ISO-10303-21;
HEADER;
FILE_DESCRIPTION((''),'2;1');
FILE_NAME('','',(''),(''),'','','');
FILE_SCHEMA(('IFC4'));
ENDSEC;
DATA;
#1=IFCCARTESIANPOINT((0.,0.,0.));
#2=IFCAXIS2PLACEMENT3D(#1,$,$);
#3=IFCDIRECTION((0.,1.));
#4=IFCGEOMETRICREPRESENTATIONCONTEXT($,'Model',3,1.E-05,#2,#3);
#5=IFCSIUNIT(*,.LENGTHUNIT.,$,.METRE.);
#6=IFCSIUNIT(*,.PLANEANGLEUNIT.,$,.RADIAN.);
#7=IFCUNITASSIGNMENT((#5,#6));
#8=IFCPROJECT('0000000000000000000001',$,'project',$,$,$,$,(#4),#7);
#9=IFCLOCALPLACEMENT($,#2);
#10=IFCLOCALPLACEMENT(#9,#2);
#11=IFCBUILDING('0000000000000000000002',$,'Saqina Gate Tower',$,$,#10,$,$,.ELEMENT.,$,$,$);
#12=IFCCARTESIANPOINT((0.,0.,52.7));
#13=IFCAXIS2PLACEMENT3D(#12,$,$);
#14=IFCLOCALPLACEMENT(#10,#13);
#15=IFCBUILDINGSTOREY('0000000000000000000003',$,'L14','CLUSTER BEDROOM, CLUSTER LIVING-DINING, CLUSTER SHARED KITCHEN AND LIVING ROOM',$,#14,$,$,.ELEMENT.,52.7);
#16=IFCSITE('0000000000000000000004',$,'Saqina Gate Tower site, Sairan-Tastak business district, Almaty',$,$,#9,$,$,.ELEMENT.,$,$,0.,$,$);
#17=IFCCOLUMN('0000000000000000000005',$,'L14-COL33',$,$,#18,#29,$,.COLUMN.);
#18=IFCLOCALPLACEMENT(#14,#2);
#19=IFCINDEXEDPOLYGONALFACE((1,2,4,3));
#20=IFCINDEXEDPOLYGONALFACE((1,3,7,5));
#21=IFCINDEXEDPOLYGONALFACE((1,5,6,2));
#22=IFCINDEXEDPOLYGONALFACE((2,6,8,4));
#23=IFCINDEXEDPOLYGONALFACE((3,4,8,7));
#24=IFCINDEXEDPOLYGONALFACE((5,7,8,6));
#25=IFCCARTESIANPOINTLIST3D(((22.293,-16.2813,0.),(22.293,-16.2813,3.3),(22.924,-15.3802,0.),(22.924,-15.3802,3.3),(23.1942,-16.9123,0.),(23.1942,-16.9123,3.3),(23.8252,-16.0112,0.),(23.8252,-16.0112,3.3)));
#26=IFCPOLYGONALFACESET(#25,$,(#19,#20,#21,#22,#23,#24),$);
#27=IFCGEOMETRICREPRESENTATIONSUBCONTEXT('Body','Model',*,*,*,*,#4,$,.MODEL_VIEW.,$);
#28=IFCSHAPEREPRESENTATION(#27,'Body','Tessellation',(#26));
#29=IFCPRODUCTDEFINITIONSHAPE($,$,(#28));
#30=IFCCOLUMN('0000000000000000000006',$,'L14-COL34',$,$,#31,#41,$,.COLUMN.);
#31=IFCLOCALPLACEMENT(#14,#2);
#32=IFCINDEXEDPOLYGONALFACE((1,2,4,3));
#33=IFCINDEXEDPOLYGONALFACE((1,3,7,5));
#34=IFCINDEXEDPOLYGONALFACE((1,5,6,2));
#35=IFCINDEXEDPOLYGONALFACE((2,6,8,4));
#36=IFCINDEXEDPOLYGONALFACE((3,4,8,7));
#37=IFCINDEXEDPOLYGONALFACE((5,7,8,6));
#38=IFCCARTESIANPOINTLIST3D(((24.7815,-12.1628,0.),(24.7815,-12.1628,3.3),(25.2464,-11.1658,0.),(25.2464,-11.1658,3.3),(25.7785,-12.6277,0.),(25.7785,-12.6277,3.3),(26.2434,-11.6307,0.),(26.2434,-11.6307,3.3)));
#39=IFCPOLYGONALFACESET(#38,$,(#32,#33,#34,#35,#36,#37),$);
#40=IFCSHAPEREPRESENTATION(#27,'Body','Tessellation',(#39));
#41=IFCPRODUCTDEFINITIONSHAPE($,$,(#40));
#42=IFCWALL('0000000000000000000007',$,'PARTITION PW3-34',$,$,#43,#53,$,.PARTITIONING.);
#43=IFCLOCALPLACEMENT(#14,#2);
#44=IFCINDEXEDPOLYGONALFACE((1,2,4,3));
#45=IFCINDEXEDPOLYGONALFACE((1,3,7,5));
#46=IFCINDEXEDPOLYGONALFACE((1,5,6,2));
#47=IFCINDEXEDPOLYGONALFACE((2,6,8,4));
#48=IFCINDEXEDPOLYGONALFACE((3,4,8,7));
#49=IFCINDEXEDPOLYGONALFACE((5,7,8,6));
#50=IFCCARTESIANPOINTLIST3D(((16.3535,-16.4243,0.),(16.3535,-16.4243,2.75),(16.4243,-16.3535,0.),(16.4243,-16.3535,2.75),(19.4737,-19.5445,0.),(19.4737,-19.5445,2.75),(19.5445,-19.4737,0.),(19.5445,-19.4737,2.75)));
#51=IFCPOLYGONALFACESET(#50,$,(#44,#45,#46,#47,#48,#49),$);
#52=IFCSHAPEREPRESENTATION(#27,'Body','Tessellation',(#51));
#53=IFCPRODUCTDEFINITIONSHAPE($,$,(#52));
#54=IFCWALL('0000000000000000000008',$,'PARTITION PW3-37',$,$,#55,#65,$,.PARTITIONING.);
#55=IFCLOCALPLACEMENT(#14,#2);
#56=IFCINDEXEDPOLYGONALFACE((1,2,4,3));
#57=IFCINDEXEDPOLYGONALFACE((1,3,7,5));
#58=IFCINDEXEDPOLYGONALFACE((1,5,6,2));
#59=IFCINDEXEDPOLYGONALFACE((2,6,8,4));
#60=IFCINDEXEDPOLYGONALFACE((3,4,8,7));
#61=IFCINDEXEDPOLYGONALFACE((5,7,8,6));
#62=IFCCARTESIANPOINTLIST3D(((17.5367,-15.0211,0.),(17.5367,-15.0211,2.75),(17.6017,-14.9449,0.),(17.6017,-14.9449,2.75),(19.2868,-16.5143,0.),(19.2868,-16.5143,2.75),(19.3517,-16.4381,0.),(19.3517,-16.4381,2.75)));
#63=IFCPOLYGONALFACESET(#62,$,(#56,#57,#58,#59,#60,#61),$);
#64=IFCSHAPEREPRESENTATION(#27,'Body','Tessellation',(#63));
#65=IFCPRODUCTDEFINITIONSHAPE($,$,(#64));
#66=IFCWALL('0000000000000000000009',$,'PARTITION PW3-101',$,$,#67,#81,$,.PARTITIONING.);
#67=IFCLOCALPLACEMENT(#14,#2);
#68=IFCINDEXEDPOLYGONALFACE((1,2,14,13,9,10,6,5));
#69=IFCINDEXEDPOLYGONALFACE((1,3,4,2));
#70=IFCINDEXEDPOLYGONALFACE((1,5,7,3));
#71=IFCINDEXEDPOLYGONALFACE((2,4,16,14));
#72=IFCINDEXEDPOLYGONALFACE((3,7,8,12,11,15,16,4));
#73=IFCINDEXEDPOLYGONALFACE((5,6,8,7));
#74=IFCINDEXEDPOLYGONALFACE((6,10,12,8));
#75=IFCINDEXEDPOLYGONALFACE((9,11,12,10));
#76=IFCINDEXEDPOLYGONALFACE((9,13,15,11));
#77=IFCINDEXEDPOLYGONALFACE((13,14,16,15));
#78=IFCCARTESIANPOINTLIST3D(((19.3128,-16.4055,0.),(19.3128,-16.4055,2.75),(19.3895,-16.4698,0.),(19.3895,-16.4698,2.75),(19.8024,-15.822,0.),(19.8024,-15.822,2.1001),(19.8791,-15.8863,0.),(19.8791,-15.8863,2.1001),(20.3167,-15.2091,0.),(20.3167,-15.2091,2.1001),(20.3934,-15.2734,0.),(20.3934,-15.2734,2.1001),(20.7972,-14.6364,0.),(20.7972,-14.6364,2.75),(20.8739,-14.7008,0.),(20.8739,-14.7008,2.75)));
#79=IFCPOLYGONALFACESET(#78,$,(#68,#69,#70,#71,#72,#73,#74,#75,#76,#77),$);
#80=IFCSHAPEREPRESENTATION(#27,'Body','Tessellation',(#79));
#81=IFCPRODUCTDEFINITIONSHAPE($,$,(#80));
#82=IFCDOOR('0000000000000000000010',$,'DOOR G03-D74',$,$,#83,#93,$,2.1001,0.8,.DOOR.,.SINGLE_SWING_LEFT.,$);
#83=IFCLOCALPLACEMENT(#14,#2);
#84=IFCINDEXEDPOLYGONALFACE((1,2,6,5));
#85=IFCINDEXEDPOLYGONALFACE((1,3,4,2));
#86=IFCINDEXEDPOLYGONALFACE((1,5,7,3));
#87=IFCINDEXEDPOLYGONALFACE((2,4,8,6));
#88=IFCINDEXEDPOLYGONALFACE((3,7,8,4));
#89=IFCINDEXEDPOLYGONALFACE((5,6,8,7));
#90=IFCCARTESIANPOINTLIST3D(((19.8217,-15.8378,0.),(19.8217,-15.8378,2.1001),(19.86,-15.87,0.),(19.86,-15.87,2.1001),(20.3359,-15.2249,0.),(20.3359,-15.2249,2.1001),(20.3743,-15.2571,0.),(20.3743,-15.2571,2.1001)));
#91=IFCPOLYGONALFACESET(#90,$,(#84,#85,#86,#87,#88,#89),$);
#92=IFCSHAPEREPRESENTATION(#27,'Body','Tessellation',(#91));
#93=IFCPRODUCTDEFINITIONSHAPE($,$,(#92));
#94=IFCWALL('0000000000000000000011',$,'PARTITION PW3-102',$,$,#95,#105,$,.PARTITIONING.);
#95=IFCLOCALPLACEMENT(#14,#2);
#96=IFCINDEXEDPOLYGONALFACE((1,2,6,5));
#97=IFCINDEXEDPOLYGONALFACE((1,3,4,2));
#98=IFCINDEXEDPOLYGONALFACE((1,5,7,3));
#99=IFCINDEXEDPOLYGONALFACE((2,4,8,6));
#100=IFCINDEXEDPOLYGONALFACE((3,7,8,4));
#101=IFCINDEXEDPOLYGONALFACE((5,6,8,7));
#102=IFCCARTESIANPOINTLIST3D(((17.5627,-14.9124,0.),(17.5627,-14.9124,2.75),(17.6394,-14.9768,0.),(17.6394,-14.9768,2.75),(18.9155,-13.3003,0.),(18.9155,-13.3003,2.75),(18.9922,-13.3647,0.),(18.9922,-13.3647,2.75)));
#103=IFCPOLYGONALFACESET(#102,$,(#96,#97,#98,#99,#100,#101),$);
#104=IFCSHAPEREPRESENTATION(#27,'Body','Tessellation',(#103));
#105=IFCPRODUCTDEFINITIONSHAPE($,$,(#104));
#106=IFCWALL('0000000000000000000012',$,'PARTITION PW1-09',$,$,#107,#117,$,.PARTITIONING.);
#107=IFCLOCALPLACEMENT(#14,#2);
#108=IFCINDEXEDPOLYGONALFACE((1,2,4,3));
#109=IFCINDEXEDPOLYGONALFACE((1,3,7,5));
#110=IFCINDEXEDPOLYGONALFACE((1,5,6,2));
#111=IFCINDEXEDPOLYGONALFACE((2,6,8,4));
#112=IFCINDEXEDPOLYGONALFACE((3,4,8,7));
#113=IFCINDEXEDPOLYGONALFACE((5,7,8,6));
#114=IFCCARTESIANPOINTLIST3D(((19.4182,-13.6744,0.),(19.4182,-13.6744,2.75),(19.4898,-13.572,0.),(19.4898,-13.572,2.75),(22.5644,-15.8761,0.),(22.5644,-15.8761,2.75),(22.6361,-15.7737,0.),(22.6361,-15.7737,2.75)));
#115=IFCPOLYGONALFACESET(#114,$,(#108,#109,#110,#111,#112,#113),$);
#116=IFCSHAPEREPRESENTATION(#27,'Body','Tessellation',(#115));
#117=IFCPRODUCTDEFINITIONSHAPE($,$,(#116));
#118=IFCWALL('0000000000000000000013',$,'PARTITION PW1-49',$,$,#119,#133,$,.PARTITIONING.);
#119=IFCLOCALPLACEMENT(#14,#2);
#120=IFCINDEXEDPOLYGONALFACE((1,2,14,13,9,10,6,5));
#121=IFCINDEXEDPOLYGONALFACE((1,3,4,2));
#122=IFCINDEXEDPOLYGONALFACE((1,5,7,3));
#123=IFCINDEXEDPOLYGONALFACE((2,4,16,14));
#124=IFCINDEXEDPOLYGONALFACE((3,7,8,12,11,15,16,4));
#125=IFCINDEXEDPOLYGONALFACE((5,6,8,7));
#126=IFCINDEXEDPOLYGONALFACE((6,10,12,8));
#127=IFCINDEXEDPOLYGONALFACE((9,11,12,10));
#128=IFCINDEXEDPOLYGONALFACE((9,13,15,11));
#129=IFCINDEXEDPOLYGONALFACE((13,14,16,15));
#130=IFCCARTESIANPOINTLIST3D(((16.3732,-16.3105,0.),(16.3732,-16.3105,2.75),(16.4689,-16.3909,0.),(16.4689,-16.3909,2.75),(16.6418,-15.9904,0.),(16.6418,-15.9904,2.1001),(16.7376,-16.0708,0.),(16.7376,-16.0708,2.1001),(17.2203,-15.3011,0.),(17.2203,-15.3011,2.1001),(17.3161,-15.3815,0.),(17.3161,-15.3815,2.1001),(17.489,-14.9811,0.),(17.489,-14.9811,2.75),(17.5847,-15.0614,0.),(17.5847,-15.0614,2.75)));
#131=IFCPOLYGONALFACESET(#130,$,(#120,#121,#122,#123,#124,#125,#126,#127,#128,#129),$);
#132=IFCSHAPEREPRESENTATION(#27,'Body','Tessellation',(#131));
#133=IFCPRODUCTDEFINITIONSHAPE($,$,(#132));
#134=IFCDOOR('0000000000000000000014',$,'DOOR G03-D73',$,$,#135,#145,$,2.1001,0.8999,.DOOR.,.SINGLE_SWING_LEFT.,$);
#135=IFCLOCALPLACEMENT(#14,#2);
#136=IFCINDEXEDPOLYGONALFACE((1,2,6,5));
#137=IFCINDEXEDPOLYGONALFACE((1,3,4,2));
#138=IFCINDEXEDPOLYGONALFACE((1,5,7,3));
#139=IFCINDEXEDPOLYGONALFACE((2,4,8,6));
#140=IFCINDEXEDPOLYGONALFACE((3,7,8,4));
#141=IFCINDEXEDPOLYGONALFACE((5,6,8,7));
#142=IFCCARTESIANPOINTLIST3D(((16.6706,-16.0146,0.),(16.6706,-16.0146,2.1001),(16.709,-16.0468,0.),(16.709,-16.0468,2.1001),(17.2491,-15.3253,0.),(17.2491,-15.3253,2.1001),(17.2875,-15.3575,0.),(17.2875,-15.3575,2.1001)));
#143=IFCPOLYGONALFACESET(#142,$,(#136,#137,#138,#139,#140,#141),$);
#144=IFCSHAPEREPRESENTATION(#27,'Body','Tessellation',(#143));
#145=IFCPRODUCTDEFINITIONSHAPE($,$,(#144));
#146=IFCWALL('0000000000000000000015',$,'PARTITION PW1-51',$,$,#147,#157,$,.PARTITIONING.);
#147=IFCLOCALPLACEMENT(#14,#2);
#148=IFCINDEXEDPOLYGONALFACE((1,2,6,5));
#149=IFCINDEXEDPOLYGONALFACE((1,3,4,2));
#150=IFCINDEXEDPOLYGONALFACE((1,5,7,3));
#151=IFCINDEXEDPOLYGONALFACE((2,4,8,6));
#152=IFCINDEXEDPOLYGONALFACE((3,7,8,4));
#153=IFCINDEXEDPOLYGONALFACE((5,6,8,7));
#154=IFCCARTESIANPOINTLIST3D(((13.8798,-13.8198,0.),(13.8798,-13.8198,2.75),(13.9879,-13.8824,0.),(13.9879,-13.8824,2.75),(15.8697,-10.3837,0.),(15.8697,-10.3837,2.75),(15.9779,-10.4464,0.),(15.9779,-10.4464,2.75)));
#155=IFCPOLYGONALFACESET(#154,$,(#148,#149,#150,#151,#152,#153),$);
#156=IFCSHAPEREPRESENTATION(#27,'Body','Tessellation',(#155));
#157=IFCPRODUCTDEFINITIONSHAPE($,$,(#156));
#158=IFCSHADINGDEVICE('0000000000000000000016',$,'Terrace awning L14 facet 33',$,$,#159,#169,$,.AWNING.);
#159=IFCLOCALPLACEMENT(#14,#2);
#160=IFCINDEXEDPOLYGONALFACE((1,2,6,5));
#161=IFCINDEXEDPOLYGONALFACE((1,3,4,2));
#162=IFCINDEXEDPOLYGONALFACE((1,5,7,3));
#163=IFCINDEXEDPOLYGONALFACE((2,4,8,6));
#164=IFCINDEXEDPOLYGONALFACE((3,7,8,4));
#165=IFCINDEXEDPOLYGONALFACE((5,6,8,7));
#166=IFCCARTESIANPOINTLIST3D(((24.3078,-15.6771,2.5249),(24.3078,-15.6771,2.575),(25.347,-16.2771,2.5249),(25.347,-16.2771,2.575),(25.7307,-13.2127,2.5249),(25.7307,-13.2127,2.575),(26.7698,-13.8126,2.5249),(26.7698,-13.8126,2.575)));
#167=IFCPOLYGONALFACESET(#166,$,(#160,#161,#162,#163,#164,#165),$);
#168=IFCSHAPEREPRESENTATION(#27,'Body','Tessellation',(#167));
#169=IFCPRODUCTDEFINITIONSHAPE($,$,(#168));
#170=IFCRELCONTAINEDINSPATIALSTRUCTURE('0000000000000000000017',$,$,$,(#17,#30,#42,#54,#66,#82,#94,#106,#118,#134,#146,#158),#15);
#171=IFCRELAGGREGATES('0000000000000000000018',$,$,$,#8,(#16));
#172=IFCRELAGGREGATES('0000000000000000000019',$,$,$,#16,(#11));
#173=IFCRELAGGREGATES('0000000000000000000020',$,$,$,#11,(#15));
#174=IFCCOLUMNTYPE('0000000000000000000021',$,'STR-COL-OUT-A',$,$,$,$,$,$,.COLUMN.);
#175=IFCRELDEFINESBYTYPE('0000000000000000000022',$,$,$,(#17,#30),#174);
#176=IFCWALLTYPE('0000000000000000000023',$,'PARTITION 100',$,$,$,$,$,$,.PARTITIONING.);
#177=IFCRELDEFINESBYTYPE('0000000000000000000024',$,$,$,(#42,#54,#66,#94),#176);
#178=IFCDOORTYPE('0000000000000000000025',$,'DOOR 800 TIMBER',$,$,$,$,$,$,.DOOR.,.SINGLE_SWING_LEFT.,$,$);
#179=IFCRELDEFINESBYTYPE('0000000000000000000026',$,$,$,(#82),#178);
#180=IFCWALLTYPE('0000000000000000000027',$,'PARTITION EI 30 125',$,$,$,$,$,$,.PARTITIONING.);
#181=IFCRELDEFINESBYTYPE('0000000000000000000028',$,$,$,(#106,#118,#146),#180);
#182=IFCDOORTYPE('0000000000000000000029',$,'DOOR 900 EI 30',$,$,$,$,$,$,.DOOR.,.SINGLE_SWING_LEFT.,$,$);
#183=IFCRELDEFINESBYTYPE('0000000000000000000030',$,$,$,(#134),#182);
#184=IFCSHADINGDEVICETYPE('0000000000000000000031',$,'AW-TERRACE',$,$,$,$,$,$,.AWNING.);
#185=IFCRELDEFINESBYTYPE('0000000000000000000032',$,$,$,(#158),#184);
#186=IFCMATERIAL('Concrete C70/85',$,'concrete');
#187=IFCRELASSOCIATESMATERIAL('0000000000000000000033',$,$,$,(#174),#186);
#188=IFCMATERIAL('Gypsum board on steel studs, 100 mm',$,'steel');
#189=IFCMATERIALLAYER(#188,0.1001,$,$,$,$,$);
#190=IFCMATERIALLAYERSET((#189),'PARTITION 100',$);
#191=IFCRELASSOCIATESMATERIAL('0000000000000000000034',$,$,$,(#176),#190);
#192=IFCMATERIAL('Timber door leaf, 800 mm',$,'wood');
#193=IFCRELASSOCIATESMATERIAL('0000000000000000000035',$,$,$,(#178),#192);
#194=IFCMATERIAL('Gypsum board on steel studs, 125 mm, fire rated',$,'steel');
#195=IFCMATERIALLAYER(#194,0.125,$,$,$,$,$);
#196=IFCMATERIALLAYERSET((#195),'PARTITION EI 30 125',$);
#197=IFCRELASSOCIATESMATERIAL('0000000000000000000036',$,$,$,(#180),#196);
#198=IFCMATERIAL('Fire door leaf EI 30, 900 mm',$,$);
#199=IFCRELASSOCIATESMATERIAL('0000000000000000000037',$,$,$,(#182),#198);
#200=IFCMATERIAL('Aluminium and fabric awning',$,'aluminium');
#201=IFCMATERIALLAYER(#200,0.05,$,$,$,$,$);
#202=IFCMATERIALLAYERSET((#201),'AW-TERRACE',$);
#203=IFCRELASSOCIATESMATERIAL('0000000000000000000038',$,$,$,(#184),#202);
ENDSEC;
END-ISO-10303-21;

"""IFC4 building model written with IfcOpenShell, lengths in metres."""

from ifc_helpers import new_model, si_unit, direction, frame, frame_2d, origin, origin_2d, place, context, subcontext, project, spatial, rectangle, extrude, material, layer, layer_set, material_profile, profile_set, type_object, element, fill, save


model = new_model("IFC4")

# Units and contexts
model_context = context("Model", 3, precision=1e-05, world=origin(), true_north=direction((0.0, 1.0)))
body_context = subcontext(model_context, "Body", "Model", "MODEL_VIEW")
ifc_project = project(units=[si_unit("LENGTHUNIT", "METRE"), si_unit("PLANEANGLEUNIT", "RADIAN")], contexts=[model_context])

# Site, building, storey
site_placement = place(None, origin())
site = spatial("IfcSite", under=ifc_project, at=site_placement, Name="Saqina Gate Tower site, Sairan-Tastak business district, Almaty", CompositionType="ELEMENT", RefElevation=0.0)
building_placement = place(site_placement, origin())
building = spatial("IfcBuilding", under=site, at=building_placement, Name="Saqina Gate Tower", CompositionType="ELEMENT")
storey_placement = place(building_placement, frame((0.0, 0.0, 52.7)))
storey = spatial("IfcBuildingStorey", under=building, at=storey_placement, Name="L14", Description="CLUSTER BEDROOM, CLUSTER LIVING-DINING, CLUSTER SHARED KITCHEN AND LIVING ROOM", CompositionType="ELEMENT", Elevation=52.7)

# Columns
ifc_material_1 = material(Name="Concrete C70/85", Category="concrete")
ifc_material_profile = material_profile(ifc_material_1, rectangle(XDim=1.1001, YDim=1.1001, at=origin_2d()), Name="RC 1100x1100")
ifc_profile_set = profile_set([ifc_material_profile], Name="Concrete C70/85")
column_type = type_object("IfcColumnType", Name="STR-COL-OUT-A", PredefinedType="COLUMN", material=ifc_profile_set)
for number, where, z_axis, x_axis, name in (
    (1, (23.0591, -16.1462, 0.0), (0.0, 0.0, 1.0), (0.819152, -0.573576, 0.0), "L14-COL33"),
    (2, (25.5125, -11.8967, 0.0), (0.0, 0.0, 1.0), (0.906308, -0.422618, 0.0), "L14-COL34"),
):
    element("IfcColumn", number, at=place(storey_placement, frame(where, z_axis=z_axis, x_axis=x_axis)), inside=storey, type_object=column_type, Name=name, PredefinedType="COLUMN", context=body_context, shape_type="SweptSolid", body=[
        extrude(rectangle(XDim=1.1001, YDim=1.1001, at=origin_2d()), origin(), (0.0, 0.0, 1.0), 3.3),
    ])

# Walls
ifc_material_2 = material(Name="Gypsum board on steel studs, 100 mm", Category="steel")
ifc_layer_1 = layer(ifc_material_2, 0.1001)
ifc_layer_set_1 = layer_set([ifc_layer_1], Name="PARTITION 100")
wall_type_1 = type_object("IfcWallType", Name="PARTITION 100", PredefinedType="PARTITIONING", material=ifc_layer_set_1)
wall_1_placement = place(storey_placement, frame((16.3889, -16.3889, 0.0), z_axis=(0.0, 0.0, 1.0), x_axis=(0.707107, -0.707107, 0.0)))
element("IfcWall", 3, at=wall_1_placement, inside=storey, type_object=wall_type_1, Name="PARTITION PW3-34", PredefinedType="PARTITIONING", context=body_context, shape_type="SweptSolid", body=[
    extrude(rectangle(XDim=4.4126, YDim=0.1001, at=frame_2d((2.2063, 0.0))), origin(), (0.0, 0.0, 1.0), 2.75),
])
wall_2_placement = place(storey_placement, frame((17.5691, -14.9829, 0.0), z_axis=(0.0, 0.0, 1.0), x_axis=(0.760723, -0.649077, 0.0)))
element("IfcWall", 4, at=wall_2_placement, inside=storey, type_object=wall_type_1, Name="PARTITION PW3-37", PredefinedType="PARTITIONING", context=body_context, shape_type="SweptSolid", body=[
    extrude(rectangle(XDim=2.3005, YDim=0.1001, at=frame_2d((1.1504, 0.0))), origin(), (0.0, 0.0, 1.0), 2.75),
])

# Wall, opening, door
wall_3_placement = place(storey_placement, frame((19.3511, -16.4377, 0.0), z_axis=(0.0, 0.0, 1.0), x_axis=(0.64278, 0.76605, 0.0)))
wall_3 = element("IfcWall", 5, at=wall_3_placement, inside=storey, type_object=wall_type_1, Name="PARTITION PW3-101", PredefinedType="PARTITIONING", context=body_context, shape_type="SweptSolid", body=[
    extrude(rectangle(XDim=2.3093, YDim=0.1001, at=frame_2d((1.1548, 0.0))), origin(), (0.0, 0.0, 1.0), 2.75),
])
opening_1_placement = place(wall_3_placement, frame((0.762, 0.0, 0.0)))
opening_1 = element("IfcOpeningElement", 6, at=opening_1_placement, cuts=wall_3, PredefinedType="OPENING", context=body_context, shape_type="SweptSolid", body=[
    extrude(rectangle(XDim=0.8, YDim=2.1001, at=frame_2d((0.3999, 1.05))), frame((0.0, 0.062, 0.0), z_axis=(0.0, -1.0, 0.0), x_axis=(1.0, 0.0, 0.0)), (0.0, 0.0, 1.0), 0.124),
])
ifc_material_3 = material(Name="Timber door leaf, 800 mm", Category="wood")
door_type_1 = type_object("IfcDoorType", Name="DOOR 800 TIMBER", OperationType="SINGLE_SWING_LEFT", PredefinedType="DOOR", material=ifc_material_3)
door_1_placement = place(opening_1_placement, frame((0.8, 0.0, 0.0), z_axis=(0.0, 0.0, 1.0), x_axis=(-1.0, 0.0, 0.0)))
door_1 = element("IfcDoor", 7, at=door_1_placement, inside=storey, type_object=door_type_1, Name="DOOR G03-D74", OperationType="SINGLE_SWING_LEFT", OverallHeight=2.1001, OverallWidth=0.8, PredefinedType="DOOR", context=body_context, shape_type="SweptSolid", body=[
    extrude(rectangle(XDim=0.8, YDim=2.1001, at=frame_2d((0.3999, 1.05))), frame((0.0, 0.0249, 0.0), z_axis=(0.0, -1.0, 0.0), x_axis=(1.0, 0.0, 0.0)), (0.0, 0.0, 1.0), 0.05),
])
fill(opening_1, door_1)

# Walls
wall_4_placement = place(storey_placement, frame((17.6011, -14.9446, 0.0), z_axis=(0.0, 0.0, 1.0), x_axis=(0.642817, 0.76602, 0.0)))
element("IfcWall", 8, at=wall_4_placement, inside=storey, type_object=wall_type_1, Name="PARTITION PW3-102", PredefinedType="PARTITIONING", context=body_context, shape_type="SweptSolid", body=[
    extrude(rectangle(XDim=2.1045, YDim=0.1001, at=frame_2d((1.0522, 0.0))), origin(), (0.0, 0.0, 1.0), 2.75),
])
ifc_material_4 = material(Name="Gypsum board on steel studs, 125 mm, fire rated", Category="steel")
ifc_layer_2 = layer(ifc_material_4, 0.125)
ifc_layer_set_2 = layer_set([ifc_layer_2], Name="PARTITION EI 30 125")
wall_type_2 = type_object("IfcWallType", Name="PARTITION EI 30 125", PredefinedType="PARTITIONING", material=ifc_layer_set_2)
wall_5_placement = place(storey_placement, frame((19.4541, -13.6233, 0.0), z_axis=(0.0, 0.0, 1.0), x_axis=(0.819319, -0.573339, 0.0)))
element("IfcWall", 9, at=wall_5_placement, inside=storey, type_object=wall_type_2, Name="PARTITION PW1-09", PredefinedType="PARTITIONING", context=body_context, shape_type="SweptSolid", body=[
    extrude(rectangle(XDim=3.8401, YDim=0.125, at=frame_2d((1.9199, 0.0))), origin(), (0.0, 0.0, 1.0), 2.75),
])

# Wall, opening, door
wall_6_placement = place(storey_placement, frame((16.4211, -16.3506, 0.0), z_axis=(0.0, 0.0, 1.0), x_axis=(0.642879, 0.765968, 0.0)))
wall_6 = element("IfcWall", 10, at=wall_6_placement, inside=storey, type_object=wall_type_2, Name="PARTITION PW1-49", PredefinedType="PARTITIONING", context=body_context, shape_type="SweptSolid", body=[
    extrude(rectangle(XDim=1.7356, YDim=0.125, at=frame_2d((0.8677, 0.0))), origin(), (0.0, 0.0, 1.0), 2.75),
])
opening_2_placement = place(wall_6_placement, frame((0.4177, 0.0, 0.0)))
opening_2 = element("IfcOpeningElement", 11, at=opening_2_placement, cuts=wall_6, PredefinedType="OPENING", context=body_context, shape_type="SweptSolid", body=[
    extrude(rectangle(XDim=0.8999, YDim=2.1001, at=frame_2d((0.45, 1.05))), frame((0.0, 0.0745, 0.0), z_axis=(0.0, -1.0, 0.0), x_axis=(1.0, 0.0, 0.0)), (0.0, 0.0, 1.0), 0.1489),
])
ifc_material_5 = material(Name="Fire door leaf EI 30, 900 mm")
door_type_2 = type_object("IfcDoorType", Name="DOOR 900 EI 30", OperationType="SINGLE_SWING_LEFT", PredefinedType="DOOR", material=ifc_material_5)
door_2_placement = place(opening_2_placement, origin())
door_2 = element("IfcDoor", 12, at=door_2_placement, inside=storey, type_object=door_type_2, Name="DOOR G03-D73", OperationType="SINGLE_SWING_LEFT", OverallHeight=2.1001, OverallWidth=0.8999, PredefinedType="DOOR", context=body_context, shape_type="SweptSolid", body=[
    extrude(rectangle(XDim=0.8999, YDim=2.1001, at=frame_2d((0.45, 1.05))), frame((0.0, 0.0249, 0.0), z_axis=(0.0, -1.0, 0.0), x_axis=(1.0, 0.0, 0.0)), (0.0, 0.0, 1.0), 0.05),
])
fill(opening_2, door_2)

# Wall
wall_7_placement = place(storey_placement, frame((13.9338, -13.8511, 0.0), z_axis=(0.0, 0.0, 1.0), x_axis=(0.50117, 0.865349, 0.0)))
element("IfcWall", 13, at=wall_7_placement, inside=storey, type_object=wall_type_2, Name="PARTITION PW1-51", PredefinedType="PARTITIONING", context=body_context, shape_type="SweptSolid", body=[
    extrude(rectangle(XDim=3.9707, YDim=0.125, at=frame_2d((1.9854, 0.0))), origin(), (0.0, 0.0, 1.0), 2.75),
])

# Shading device
ifc_material_6 = material(Name="Aluminium and fabric awning", Category="aluminium")
ifc_layer_3 = layer(ifc_material_6, 0.05)
ifc_layer_set_3 = layer_set([ifc_layer_3], Name="AW-TERRACE")
shading_device_type = type_object("IfcShadingDeviceType", Name="AW-TERRACE", PredefinedType="AWNING", material=ifc_layer_set_3)
shading_device_placement = place(storey_placement, frame((25.5388, -14.7449, 2.5249), z_axis=(0.0, 0.0, 1.0), x_axis=(0.5, 0.866025, 0.0)))
element("IfcShadingDevice", 14, at=shading_device_placement, inside=storey, type_object=shading_device_type, Name="Terrace awning L14 facet 33", PredefinedType="AWNING", context=body_context, shape_type="SweptSolid", body=[
    extrude(rectangle(XDim=2.8457, YDim=1.2, at=origin_2d()), origin(), (0.0, 0.0, 1.0), 0.05),
])

save(model, "model.ifc")
